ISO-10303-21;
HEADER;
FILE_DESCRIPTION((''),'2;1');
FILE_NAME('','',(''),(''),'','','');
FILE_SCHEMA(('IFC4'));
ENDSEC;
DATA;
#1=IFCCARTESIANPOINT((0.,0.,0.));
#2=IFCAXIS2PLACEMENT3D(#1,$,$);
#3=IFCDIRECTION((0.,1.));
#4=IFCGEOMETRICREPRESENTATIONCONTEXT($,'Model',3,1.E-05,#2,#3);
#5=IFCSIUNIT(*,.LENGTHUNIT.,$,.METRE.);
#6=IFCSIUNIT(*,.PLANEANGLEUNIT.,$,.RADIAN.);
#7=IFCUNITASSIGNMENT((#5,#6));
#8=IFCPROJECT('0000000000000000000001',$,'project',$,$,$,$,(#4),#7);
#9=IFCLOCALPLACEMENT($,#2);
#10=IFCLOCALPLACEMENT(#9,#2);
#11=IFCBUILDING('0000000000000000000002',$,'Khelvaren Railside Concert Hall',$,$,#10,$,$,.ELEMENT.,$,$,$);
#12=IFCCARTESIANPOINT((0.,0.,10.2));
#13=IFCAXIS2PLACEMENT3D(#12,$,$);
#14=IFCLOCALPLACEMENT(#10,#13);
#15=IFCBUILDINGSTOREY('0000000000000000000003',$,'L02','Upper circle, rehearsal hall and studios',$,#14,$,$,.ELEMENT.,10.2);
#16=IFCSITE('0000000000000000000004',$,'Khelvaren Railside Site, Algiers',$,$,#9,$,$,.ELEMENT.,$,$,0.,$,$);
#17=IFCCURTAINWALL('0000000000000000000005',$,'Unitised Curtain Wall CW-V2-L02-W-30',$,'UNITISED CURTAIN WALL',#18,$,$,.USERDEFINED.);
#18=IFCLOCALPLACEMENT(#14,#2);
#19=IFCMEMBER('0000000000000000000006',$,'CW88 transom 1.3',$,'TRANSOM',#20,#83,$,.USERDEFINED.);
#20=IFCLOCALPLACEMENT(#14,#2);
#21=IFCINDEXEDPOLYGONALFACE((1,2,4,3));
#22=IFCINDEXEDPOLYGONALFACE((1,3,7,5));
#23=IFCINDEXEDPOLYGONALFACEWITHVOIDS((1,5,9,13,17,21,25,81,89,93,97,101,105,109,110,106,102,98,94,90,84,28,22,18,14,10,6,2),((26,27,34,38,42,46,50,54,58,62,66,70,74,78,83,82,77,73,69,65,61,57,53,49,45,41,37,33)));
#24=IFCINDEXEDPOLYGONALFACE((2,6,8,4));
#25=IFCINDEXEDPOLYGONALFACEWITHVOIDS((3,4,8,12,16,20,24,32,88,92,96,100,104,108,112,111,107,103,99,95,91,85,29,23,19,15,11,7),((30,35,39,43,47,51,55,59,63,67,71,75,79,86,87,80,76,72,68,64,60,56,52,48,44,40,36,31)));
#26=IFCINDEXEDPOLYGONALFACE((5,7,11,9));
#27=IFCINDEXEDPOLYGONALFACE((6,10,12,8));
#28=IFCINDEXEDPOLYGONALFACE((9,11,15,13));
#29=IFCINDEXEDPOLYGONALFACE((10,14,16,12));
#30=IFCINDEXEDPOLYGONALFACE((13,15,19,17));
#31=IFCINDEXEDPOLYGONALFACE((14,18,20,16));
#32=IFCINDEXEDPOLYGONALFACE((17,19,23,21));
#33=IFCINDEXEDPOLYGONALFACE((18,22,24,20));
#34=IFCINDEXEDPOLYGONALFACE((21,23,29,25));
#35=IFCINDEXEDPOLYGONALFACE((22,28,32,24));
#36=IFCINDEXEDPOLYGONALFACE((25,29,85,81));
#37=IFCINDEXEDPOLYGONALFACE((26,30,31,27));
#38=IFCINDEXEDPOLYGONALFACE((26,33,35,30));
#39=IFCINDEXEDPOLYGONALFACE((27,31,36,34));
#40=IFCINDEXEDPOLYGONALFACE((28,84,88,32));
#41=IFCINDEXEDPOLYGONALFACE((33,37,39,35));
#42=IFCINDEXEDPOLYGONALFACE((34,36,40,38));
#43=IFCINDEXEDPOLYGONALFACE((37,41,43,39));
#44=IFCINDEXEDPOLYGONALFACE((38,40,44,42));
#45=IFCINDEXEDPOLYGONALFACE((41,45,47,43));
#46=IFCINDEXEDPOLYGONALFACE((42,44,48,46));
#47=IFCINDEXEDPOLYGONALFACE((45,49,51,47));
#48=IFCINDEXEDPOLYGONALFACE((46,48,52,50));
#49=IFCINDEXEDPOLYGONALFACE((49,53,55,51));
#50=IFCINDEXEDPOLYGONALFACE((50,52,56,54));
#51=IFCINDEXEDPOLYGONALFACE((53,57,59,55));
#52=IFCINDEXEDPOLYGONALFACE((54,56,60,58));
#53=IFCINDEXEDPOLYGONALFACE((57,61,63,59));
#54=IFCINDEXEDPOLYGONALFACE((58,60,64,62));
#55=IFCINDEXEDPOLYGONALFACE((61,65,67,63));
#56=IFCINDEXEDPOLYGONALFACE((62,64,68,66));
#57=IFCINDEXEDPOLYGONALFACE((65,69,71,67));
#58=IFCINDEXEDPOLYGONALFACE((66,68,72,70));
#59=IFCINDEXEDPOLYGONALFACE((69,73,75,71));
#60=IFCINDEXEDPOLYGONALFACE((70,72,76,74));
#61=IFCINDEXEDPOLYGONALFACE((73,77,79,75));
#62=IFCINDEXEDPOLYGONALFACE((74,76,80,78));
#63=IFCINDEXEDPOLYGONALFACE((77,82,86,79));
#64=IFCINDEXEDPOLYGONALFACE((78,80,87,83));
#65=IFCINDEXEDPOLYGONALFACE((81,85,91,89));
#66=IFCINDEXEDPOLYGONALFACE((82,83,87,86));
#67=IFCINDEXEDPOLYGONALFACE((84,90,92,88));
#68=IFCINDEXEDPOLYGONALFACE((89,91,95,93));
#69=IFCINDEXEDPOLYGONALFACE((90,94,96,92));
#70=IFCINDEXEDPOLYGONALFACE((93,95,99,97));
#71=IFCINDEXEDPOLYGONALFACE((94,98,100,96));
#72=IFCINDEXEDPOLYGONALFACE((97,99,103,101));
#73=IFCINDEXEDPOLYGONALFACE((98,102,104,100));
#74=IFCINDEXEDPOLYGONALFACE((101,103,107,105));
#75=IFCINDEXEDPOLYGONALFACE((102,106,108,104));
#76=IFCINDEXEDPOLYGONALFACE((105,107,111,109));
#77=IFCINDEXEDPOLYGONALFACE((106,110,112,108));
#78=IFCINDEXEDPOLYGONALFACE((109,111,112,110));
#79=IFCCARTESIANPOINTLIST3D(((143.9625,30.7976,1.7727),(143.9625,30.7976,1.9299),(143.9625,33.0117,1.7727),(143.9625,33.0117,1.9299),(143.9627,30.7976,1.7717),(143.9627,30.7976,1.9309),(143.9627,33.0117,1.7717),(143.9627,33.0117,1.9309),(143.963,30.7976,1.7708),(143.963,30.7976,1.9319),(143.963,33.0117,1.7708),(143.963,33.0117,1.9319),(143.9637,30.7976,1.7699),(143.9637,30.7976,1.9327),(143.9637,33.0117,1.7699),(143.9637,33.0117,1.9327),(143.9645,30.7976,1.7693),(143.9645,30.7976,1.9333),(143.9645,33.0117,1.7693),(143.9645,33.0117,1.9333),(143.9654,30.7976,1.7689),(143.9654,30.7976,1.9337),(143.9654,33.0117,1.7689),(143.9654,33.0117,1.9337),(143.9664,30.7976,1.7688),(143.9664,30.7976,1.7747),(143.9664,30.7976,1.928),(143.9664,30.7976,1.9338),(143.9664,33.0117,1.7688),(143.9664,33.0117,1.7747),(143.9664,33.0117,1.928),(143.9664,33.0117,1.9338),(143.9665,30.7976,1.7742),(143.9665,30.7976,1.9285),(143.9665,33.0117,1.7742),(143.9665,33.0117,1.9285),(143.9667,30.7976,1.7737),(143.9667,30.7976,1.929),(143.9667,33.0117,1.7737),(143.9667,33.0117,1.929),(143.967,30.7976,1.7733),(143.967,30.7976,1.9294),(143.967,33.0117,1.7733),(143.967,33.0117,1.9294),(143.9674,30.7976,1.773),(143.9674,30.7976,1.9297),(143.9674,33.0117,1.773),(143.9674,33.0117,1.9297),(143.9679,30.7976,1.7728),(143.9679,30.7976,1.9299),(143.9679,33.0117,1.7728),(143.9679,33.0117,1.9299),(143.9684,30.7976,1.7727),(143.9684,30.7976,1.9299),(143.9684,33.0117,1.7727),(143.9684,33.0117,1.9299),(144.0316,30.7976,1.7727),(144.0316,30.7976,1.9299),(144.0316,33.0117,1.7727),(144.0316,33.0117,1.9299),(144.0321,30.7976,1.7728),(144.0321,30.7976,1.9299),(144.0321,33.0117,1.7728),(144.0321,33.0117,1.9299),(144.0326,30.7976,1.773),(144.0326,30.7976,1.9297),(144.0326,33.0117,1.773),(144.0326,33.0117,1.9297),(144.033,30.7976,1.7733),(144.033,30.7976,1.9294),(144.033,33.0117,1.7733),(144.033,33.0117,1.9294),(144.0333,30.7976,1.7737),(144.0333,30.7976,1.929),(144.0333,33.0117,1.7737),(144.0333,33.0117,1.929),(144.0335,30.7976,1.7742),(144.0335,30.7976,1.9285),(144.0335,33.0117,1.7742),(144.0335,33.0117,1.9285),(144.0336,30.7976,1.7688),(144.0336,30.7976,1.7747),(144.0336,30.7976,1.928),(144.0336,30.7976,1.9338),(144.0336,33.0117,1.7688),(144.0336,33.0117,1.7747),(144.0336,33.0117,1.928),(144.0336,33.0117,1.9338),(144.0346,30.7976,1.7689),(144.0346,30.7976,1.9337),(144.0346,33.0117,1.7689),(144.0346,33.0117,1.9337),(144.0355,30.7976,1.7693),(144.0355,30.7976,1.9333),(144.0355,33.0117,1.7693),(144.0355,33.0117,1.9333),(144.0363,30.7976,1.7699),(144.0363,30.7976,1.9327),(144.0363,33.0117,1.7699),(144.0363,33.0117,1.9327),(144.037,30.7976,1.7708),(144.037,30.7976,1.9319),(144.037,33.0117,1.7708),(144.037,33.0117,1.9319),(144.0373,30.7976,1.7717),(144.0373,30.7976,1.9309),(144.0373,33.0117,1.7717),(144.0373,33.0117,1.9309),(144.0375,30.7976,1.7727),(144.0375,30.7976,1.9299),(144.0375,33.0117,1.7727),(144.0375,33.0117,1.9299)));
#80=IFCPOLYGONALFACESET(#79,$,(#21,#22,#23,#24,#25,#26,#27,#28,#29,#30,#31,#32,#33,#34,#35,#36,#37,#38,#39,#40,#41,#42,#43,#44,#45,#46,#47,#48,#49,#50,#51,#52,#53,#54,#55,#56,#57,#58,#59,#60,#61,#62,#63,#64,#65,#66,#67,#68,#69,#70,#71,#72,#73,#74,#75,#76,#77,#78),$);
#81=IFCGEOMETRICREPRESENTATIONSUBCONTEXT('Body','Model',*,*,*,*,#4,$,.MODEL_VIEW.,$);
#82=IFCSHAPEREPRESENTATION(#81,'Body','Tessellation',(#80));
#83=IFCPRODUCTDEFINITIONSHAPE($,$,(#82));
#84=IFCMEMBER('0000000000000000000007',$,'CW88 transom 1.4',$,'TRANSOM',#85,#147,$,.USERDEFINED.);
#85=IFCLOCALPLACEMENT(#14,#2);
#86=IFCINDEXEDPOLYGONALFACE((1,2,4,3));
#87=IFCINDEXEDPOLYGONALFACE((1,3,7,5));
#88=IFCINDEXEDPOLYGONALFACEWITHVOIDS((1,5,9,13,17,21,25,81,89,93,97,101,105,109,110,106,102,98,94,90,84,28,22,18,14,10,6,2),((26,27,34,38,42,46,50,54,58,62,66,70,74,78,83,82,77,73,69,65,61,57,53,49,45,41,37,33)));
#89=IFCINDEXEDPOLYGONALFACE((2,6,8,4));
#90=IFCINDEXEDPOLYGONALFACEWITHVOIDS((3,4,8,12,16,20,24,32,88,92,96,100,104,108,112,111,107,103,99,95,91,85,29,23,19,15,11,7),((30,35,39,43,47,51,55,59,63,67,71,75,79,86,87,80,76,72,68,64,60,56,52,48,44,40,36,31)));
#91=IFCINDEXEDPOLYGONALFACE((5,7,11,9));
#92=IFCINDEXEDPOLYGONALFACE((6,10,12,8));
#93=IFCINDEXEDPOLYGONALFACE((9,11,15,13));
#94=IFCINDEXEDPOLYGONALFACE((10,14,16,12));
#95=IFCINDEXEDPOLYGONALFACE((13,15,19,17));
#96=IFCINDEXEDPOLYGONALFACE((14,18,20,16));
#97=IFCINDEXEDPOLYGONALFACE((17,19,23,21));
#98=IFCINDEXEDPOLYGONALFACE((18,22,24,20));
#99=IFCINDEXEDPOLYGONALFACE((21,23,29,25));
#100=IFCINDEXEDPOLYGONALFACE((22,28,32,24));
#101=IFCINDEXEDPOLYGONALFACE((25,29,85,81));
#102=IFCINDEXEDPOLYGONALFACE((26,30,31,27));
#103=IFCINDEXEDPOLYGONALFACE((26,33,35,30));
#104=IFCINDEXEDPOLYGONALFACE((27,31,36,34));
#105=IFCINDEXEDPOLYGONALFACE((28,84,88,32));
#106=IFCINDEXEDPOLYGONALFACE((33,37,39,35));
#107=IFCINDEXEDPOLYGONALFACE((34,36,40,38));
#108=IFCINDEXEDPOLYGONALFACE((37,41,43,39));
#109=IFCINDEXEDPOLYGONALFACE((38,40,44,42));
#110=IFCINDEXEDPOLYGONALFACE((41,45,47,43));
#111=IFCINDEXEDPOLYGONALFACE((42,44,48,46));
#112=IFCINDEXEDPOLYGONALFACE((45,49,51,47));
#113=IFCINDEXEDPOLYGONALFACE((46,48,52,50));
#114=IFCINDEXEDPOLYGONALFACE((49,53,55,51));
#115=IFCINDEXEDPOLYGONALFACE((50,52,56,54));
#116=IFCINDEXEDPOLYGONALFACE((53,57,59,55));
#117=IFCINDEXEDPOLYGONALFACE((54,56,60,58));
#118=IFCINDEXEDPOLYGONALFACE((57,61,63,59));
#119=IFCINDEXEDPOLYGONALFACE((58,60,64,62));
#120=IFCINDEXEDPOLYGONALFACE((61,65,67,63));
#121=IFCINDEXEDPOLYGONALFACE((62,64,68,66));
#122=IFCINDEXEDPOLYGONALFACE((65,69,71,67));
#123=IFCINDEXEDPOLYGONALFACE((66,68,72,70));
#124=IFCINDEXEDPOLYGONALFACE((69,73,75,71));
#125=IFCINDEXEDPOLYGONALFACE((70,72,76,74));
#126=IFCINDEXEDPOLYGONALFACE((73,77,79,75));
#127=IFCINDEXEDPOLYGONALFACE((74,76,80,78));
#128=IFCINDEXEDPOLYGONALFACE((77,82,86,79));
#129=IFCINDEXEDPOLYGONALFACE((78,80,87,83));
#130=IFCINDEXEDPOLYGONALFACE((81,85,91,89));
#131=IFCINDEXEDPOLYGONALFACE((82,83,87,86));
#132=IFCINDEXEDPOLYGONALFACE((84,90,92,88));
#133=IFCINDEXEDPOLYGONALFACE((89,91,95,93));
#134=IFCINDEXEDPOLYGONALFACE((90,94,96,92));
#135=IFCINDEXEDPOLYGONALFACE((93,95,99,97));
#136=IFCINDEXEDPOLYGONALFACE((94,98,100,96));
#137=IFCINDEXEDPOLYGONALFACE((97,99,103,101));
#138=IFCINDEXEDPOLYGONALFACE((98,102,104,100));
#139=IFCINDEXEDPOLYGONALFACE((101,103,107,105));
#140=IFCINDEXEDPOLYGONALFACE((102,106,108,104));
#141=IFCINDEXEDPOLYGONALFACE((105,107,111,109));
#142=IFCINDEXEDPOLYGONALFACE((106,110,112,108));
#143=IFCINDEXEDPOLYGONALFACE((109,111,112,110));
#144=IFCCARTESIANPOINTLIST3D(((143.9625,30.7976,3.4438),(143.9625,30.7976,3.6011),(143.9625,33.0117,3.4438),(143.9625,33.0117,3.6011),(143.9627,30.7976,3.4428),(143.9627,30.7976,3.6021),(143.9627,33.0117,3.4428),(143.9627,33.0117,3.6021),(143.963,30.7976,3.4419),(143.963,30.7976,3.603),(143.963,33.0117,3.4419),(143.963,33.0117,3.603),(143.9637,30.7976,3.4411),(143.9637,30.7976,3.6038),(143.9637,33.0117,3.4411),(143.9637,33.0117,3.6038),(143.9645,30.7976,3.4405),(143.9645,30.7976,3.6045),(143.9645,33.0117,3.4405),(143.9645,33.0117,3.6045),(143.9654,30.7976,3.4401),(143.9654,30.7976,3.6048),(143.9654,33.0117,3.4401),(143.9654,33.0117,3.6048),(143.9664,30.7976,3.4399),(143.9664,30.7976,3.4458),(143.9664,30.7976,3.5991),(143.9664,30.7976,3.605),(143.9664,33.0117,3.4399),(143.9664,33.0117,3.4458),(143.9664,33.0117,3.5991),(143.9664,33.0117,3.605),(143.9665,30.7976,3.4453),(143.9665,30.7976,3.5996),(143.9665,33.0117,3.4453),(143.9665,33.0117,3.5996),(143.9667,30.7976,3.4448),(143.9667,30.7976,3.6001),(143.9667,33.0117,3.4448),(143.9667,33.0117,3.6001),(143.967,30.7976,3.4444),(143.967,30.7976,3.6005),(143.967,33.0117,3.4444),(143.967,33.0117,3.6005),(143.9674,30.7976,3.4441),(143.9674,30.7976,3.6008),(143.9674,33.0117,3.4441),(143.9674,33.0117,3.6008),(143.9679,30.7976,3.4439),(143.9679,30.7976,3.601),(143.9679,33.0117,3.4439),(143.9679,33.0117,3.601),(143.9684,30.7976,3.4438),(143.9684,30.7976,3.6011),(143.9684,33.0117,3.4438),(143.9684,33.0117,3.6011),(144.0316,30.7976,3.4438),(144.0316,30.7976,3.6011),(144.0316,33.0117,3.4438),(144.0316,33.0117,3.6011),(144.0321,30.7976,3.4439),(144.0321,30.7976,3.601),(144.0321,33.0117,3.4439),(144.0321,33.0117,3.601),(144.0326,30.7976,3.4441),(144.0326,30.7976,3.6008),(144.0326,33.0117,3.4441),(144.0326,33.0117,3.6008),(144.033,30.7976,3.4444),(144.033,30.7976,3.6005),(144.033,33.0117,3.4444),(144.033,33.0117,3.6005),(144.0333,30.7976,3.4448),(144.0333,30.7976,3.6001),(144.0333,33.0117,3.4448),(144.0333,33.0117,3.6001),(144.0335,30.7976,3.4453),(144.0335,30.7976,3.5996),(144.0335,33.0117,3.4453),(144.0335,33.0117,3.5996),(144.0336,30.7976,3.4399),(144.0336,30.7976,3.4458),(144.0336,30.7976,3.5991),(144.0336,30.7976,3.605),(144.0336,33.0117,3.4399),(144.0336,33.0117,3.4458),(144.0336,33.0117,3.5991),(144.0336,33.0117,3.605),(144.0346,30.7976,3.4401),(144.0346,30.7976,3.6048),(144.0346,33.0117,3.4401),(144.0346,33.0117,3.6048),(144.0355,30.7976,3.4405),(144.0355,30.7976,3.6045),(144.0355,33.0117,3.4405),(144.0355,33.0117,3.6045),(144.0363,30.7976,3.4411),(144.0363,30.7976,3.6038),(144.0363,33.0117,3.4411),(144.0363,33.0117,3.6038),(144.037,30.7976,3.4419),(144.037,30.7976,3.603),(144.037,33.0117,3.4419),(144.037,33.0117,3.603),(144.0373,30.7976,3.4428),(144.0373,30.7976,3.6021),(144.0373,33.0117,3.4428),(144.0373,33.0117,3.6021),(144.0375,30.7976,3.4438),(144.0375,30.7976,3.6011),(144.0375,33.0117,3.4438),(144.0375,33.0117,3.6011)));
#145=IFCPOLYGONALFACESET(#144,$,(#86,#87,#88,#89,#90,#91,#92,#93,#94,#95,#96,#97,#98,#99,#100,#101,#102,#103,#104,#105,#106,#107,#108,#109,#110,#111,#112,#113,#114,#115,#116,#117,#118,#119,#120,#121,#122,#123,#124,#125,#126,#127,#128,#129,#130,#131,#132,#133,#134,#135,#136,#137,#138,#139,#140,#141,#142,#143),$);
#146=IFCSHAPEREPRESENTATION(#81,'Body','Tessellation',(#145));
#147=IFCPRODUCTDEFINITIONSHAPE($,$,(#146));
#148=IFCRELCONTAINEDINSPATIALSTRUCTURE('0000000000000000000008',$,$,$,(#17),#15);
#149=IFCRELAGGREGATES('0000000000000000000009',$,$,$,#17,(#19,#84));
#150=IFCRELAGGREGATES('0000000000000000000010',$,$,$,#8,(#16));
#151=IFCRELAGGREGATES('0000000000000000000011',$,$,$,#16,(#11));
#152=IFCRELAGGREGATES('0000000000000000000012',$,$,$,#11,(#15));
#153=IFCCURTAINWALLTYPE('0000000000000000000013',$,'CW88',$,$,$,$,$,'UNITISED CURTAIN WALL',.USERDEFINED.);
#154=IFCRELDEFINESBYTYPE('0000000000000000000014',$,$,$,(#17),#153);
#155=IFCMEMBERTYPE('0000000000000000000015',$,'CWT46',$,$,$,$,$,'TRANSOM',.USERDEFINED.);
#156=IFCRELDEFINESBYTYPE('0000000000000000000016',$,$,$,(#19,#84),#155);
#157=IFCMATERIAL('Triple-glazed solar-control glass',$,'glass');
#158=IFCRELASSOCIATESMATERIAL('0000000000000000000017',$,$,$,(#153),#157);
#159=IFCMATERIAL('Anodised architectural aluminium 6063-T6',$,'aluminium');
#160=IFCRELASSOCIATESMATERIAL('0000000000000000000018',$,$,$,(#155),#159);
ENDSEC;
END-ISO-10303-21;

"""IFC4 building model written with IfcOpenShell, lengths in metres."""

from ifc_helpers import new_model, si_unit, direction, frame, origin, origin_2d, place, context, subcontext, project, spatial, hollow_rectangle, extrude, material, material_profile, profile_set, type_object, element, aggregate, save


model = new_model("IFC4")

# Units and contexts
model_context = context("Model", 3, precision=1e-05, world=origin(), true_north=direction((0.0, 1.0)))
body_context = subcontext(model_context, "Body", "Model", "MODEL_VIEW")
ifc_project = project(units=[si_unit("LENGTHUNIT", "METRE"), si_unit("PLANEANGLEUNIT", "RADIAN")], contexts=[model_context])

# Site, building, storey
site_placement = place(None, origin())
site = spatial("IfcSite", under=ifc_project, at=site_placement, Name="Khelvaren Railside Site, Algiers", CompositionType="ELEMENT", RefElevation=0.0)
building_placement = place(site_placement, origin())
building = spatial("IfcBuilding", under=site, at=building_placement, Name="Khelvaren Railside Concert Hall", CompositionType="ELEMENT")
storey_placement = place(building_placement, frame((0.0, 0.0, 10.2)))
storey = spatial("IfcBuildingStorey", under=building, at=storey_placement, Name="L02", Description="Upper circle, rehearsal hall and studios", CompositionType="ELEMENT", Elevation=10.2)

# Curtain wall
ifc_material_1 = material(Name="Triple-glazed solar-control glass", Category="glass")
curtain_wall_type_1 = type_object("IfcCurtainWallType", Name="CW88", ElementType="UNITISED CURTAIN WALL", PredefinedType="USERDEFINED", material=ifc_material_1)
curtain_wall_1_placement = place(storey_placement, origin())
curtain_wall_1 = element("IfcCurtainWall", 1, at=curtain_wall_1_placement, inside=storey, type_object=curtain_wall_type_1, Name="Unitised Curtain Wall CW-V2-L02-W-30", ObjectType="UNITISED CURTAIN WALL", PredefinedType="USERDEFINED")
ifc_material_2 = material(Name="Anodised architectural aluminium 6063-T6", Category="aluminium")

# Members
ifc_material_profile_1 = material_profile(ifc_material_2, hollow_rectangle(XDim=0.075, YDim=0.165, WallThickness=0.0039, InnerFilletRadius=0.002, OuterFilletRadius=0.0039, at=origin_2d()), Name="CWT 75x165x4")
ifc_profile_set_1 = profile_set([ifc_material_profile_1], Name="Anodised architectural aluminium 6063-T6")
member_type_1 = type_object("IfcMemberType", Name="CWT46", ElementType="TRANSOM", PredefinedType="USERDEFINED", material=ifc_profile_set_1)
member_1_placement = place(storey_placement, frame((144.0, 30.7976, 1.8513), z_axis=(0.0, 1.0, 0.0), x_axis=(-1.0, 0.0, 0.0)))
member_1 = element("IfcMember", 2, at=member_1_placement, type_object=member_type_1, Name="CW88 transom 1.3", ObjectType="TRANSOM", PredefinedType="USERDEFINED", context=body_context, shape_type="SweptSolid", body=[
    extrude(hollow_rectangle(XDim=0.075, YDim=0.165, WallThickness=0.0039, InnerFilletRadius=0.002, OuterFilletRadius=0.0039, at=origin_2d()), origin(), (0.0, 0.0, 1.0), 2.2141),
])
member_2_placement = place(storey_placement, frame((144.0, 30.7976, 3.5225), z_axis=(0.0, 1.0, 0.0), x_axis=(-1.0, 0.0, 0.0)))
member_2 = element("IfcMember", 3, at=member_2_placement, type_object=member_type_1, Name="CW88 transom 1.4", ObjectType="TRANSOM", PredefinedType="USERDEFINED", context=body_context, shape_type="SweptSolid", body=[
    extrude(hollow_rectangle(XDim=0.075, YDim=0.165, WallThickness=0.0039, InnerFilletRadius=0.002, OuterFilletRadius=0.0039, at=origin_2d()), origin(), (0.0, 0.0, 1.0), 2.2141),
])

aggregate(curtain_wall_1, [member_1, member_2])

save(model, "model.ifc")
